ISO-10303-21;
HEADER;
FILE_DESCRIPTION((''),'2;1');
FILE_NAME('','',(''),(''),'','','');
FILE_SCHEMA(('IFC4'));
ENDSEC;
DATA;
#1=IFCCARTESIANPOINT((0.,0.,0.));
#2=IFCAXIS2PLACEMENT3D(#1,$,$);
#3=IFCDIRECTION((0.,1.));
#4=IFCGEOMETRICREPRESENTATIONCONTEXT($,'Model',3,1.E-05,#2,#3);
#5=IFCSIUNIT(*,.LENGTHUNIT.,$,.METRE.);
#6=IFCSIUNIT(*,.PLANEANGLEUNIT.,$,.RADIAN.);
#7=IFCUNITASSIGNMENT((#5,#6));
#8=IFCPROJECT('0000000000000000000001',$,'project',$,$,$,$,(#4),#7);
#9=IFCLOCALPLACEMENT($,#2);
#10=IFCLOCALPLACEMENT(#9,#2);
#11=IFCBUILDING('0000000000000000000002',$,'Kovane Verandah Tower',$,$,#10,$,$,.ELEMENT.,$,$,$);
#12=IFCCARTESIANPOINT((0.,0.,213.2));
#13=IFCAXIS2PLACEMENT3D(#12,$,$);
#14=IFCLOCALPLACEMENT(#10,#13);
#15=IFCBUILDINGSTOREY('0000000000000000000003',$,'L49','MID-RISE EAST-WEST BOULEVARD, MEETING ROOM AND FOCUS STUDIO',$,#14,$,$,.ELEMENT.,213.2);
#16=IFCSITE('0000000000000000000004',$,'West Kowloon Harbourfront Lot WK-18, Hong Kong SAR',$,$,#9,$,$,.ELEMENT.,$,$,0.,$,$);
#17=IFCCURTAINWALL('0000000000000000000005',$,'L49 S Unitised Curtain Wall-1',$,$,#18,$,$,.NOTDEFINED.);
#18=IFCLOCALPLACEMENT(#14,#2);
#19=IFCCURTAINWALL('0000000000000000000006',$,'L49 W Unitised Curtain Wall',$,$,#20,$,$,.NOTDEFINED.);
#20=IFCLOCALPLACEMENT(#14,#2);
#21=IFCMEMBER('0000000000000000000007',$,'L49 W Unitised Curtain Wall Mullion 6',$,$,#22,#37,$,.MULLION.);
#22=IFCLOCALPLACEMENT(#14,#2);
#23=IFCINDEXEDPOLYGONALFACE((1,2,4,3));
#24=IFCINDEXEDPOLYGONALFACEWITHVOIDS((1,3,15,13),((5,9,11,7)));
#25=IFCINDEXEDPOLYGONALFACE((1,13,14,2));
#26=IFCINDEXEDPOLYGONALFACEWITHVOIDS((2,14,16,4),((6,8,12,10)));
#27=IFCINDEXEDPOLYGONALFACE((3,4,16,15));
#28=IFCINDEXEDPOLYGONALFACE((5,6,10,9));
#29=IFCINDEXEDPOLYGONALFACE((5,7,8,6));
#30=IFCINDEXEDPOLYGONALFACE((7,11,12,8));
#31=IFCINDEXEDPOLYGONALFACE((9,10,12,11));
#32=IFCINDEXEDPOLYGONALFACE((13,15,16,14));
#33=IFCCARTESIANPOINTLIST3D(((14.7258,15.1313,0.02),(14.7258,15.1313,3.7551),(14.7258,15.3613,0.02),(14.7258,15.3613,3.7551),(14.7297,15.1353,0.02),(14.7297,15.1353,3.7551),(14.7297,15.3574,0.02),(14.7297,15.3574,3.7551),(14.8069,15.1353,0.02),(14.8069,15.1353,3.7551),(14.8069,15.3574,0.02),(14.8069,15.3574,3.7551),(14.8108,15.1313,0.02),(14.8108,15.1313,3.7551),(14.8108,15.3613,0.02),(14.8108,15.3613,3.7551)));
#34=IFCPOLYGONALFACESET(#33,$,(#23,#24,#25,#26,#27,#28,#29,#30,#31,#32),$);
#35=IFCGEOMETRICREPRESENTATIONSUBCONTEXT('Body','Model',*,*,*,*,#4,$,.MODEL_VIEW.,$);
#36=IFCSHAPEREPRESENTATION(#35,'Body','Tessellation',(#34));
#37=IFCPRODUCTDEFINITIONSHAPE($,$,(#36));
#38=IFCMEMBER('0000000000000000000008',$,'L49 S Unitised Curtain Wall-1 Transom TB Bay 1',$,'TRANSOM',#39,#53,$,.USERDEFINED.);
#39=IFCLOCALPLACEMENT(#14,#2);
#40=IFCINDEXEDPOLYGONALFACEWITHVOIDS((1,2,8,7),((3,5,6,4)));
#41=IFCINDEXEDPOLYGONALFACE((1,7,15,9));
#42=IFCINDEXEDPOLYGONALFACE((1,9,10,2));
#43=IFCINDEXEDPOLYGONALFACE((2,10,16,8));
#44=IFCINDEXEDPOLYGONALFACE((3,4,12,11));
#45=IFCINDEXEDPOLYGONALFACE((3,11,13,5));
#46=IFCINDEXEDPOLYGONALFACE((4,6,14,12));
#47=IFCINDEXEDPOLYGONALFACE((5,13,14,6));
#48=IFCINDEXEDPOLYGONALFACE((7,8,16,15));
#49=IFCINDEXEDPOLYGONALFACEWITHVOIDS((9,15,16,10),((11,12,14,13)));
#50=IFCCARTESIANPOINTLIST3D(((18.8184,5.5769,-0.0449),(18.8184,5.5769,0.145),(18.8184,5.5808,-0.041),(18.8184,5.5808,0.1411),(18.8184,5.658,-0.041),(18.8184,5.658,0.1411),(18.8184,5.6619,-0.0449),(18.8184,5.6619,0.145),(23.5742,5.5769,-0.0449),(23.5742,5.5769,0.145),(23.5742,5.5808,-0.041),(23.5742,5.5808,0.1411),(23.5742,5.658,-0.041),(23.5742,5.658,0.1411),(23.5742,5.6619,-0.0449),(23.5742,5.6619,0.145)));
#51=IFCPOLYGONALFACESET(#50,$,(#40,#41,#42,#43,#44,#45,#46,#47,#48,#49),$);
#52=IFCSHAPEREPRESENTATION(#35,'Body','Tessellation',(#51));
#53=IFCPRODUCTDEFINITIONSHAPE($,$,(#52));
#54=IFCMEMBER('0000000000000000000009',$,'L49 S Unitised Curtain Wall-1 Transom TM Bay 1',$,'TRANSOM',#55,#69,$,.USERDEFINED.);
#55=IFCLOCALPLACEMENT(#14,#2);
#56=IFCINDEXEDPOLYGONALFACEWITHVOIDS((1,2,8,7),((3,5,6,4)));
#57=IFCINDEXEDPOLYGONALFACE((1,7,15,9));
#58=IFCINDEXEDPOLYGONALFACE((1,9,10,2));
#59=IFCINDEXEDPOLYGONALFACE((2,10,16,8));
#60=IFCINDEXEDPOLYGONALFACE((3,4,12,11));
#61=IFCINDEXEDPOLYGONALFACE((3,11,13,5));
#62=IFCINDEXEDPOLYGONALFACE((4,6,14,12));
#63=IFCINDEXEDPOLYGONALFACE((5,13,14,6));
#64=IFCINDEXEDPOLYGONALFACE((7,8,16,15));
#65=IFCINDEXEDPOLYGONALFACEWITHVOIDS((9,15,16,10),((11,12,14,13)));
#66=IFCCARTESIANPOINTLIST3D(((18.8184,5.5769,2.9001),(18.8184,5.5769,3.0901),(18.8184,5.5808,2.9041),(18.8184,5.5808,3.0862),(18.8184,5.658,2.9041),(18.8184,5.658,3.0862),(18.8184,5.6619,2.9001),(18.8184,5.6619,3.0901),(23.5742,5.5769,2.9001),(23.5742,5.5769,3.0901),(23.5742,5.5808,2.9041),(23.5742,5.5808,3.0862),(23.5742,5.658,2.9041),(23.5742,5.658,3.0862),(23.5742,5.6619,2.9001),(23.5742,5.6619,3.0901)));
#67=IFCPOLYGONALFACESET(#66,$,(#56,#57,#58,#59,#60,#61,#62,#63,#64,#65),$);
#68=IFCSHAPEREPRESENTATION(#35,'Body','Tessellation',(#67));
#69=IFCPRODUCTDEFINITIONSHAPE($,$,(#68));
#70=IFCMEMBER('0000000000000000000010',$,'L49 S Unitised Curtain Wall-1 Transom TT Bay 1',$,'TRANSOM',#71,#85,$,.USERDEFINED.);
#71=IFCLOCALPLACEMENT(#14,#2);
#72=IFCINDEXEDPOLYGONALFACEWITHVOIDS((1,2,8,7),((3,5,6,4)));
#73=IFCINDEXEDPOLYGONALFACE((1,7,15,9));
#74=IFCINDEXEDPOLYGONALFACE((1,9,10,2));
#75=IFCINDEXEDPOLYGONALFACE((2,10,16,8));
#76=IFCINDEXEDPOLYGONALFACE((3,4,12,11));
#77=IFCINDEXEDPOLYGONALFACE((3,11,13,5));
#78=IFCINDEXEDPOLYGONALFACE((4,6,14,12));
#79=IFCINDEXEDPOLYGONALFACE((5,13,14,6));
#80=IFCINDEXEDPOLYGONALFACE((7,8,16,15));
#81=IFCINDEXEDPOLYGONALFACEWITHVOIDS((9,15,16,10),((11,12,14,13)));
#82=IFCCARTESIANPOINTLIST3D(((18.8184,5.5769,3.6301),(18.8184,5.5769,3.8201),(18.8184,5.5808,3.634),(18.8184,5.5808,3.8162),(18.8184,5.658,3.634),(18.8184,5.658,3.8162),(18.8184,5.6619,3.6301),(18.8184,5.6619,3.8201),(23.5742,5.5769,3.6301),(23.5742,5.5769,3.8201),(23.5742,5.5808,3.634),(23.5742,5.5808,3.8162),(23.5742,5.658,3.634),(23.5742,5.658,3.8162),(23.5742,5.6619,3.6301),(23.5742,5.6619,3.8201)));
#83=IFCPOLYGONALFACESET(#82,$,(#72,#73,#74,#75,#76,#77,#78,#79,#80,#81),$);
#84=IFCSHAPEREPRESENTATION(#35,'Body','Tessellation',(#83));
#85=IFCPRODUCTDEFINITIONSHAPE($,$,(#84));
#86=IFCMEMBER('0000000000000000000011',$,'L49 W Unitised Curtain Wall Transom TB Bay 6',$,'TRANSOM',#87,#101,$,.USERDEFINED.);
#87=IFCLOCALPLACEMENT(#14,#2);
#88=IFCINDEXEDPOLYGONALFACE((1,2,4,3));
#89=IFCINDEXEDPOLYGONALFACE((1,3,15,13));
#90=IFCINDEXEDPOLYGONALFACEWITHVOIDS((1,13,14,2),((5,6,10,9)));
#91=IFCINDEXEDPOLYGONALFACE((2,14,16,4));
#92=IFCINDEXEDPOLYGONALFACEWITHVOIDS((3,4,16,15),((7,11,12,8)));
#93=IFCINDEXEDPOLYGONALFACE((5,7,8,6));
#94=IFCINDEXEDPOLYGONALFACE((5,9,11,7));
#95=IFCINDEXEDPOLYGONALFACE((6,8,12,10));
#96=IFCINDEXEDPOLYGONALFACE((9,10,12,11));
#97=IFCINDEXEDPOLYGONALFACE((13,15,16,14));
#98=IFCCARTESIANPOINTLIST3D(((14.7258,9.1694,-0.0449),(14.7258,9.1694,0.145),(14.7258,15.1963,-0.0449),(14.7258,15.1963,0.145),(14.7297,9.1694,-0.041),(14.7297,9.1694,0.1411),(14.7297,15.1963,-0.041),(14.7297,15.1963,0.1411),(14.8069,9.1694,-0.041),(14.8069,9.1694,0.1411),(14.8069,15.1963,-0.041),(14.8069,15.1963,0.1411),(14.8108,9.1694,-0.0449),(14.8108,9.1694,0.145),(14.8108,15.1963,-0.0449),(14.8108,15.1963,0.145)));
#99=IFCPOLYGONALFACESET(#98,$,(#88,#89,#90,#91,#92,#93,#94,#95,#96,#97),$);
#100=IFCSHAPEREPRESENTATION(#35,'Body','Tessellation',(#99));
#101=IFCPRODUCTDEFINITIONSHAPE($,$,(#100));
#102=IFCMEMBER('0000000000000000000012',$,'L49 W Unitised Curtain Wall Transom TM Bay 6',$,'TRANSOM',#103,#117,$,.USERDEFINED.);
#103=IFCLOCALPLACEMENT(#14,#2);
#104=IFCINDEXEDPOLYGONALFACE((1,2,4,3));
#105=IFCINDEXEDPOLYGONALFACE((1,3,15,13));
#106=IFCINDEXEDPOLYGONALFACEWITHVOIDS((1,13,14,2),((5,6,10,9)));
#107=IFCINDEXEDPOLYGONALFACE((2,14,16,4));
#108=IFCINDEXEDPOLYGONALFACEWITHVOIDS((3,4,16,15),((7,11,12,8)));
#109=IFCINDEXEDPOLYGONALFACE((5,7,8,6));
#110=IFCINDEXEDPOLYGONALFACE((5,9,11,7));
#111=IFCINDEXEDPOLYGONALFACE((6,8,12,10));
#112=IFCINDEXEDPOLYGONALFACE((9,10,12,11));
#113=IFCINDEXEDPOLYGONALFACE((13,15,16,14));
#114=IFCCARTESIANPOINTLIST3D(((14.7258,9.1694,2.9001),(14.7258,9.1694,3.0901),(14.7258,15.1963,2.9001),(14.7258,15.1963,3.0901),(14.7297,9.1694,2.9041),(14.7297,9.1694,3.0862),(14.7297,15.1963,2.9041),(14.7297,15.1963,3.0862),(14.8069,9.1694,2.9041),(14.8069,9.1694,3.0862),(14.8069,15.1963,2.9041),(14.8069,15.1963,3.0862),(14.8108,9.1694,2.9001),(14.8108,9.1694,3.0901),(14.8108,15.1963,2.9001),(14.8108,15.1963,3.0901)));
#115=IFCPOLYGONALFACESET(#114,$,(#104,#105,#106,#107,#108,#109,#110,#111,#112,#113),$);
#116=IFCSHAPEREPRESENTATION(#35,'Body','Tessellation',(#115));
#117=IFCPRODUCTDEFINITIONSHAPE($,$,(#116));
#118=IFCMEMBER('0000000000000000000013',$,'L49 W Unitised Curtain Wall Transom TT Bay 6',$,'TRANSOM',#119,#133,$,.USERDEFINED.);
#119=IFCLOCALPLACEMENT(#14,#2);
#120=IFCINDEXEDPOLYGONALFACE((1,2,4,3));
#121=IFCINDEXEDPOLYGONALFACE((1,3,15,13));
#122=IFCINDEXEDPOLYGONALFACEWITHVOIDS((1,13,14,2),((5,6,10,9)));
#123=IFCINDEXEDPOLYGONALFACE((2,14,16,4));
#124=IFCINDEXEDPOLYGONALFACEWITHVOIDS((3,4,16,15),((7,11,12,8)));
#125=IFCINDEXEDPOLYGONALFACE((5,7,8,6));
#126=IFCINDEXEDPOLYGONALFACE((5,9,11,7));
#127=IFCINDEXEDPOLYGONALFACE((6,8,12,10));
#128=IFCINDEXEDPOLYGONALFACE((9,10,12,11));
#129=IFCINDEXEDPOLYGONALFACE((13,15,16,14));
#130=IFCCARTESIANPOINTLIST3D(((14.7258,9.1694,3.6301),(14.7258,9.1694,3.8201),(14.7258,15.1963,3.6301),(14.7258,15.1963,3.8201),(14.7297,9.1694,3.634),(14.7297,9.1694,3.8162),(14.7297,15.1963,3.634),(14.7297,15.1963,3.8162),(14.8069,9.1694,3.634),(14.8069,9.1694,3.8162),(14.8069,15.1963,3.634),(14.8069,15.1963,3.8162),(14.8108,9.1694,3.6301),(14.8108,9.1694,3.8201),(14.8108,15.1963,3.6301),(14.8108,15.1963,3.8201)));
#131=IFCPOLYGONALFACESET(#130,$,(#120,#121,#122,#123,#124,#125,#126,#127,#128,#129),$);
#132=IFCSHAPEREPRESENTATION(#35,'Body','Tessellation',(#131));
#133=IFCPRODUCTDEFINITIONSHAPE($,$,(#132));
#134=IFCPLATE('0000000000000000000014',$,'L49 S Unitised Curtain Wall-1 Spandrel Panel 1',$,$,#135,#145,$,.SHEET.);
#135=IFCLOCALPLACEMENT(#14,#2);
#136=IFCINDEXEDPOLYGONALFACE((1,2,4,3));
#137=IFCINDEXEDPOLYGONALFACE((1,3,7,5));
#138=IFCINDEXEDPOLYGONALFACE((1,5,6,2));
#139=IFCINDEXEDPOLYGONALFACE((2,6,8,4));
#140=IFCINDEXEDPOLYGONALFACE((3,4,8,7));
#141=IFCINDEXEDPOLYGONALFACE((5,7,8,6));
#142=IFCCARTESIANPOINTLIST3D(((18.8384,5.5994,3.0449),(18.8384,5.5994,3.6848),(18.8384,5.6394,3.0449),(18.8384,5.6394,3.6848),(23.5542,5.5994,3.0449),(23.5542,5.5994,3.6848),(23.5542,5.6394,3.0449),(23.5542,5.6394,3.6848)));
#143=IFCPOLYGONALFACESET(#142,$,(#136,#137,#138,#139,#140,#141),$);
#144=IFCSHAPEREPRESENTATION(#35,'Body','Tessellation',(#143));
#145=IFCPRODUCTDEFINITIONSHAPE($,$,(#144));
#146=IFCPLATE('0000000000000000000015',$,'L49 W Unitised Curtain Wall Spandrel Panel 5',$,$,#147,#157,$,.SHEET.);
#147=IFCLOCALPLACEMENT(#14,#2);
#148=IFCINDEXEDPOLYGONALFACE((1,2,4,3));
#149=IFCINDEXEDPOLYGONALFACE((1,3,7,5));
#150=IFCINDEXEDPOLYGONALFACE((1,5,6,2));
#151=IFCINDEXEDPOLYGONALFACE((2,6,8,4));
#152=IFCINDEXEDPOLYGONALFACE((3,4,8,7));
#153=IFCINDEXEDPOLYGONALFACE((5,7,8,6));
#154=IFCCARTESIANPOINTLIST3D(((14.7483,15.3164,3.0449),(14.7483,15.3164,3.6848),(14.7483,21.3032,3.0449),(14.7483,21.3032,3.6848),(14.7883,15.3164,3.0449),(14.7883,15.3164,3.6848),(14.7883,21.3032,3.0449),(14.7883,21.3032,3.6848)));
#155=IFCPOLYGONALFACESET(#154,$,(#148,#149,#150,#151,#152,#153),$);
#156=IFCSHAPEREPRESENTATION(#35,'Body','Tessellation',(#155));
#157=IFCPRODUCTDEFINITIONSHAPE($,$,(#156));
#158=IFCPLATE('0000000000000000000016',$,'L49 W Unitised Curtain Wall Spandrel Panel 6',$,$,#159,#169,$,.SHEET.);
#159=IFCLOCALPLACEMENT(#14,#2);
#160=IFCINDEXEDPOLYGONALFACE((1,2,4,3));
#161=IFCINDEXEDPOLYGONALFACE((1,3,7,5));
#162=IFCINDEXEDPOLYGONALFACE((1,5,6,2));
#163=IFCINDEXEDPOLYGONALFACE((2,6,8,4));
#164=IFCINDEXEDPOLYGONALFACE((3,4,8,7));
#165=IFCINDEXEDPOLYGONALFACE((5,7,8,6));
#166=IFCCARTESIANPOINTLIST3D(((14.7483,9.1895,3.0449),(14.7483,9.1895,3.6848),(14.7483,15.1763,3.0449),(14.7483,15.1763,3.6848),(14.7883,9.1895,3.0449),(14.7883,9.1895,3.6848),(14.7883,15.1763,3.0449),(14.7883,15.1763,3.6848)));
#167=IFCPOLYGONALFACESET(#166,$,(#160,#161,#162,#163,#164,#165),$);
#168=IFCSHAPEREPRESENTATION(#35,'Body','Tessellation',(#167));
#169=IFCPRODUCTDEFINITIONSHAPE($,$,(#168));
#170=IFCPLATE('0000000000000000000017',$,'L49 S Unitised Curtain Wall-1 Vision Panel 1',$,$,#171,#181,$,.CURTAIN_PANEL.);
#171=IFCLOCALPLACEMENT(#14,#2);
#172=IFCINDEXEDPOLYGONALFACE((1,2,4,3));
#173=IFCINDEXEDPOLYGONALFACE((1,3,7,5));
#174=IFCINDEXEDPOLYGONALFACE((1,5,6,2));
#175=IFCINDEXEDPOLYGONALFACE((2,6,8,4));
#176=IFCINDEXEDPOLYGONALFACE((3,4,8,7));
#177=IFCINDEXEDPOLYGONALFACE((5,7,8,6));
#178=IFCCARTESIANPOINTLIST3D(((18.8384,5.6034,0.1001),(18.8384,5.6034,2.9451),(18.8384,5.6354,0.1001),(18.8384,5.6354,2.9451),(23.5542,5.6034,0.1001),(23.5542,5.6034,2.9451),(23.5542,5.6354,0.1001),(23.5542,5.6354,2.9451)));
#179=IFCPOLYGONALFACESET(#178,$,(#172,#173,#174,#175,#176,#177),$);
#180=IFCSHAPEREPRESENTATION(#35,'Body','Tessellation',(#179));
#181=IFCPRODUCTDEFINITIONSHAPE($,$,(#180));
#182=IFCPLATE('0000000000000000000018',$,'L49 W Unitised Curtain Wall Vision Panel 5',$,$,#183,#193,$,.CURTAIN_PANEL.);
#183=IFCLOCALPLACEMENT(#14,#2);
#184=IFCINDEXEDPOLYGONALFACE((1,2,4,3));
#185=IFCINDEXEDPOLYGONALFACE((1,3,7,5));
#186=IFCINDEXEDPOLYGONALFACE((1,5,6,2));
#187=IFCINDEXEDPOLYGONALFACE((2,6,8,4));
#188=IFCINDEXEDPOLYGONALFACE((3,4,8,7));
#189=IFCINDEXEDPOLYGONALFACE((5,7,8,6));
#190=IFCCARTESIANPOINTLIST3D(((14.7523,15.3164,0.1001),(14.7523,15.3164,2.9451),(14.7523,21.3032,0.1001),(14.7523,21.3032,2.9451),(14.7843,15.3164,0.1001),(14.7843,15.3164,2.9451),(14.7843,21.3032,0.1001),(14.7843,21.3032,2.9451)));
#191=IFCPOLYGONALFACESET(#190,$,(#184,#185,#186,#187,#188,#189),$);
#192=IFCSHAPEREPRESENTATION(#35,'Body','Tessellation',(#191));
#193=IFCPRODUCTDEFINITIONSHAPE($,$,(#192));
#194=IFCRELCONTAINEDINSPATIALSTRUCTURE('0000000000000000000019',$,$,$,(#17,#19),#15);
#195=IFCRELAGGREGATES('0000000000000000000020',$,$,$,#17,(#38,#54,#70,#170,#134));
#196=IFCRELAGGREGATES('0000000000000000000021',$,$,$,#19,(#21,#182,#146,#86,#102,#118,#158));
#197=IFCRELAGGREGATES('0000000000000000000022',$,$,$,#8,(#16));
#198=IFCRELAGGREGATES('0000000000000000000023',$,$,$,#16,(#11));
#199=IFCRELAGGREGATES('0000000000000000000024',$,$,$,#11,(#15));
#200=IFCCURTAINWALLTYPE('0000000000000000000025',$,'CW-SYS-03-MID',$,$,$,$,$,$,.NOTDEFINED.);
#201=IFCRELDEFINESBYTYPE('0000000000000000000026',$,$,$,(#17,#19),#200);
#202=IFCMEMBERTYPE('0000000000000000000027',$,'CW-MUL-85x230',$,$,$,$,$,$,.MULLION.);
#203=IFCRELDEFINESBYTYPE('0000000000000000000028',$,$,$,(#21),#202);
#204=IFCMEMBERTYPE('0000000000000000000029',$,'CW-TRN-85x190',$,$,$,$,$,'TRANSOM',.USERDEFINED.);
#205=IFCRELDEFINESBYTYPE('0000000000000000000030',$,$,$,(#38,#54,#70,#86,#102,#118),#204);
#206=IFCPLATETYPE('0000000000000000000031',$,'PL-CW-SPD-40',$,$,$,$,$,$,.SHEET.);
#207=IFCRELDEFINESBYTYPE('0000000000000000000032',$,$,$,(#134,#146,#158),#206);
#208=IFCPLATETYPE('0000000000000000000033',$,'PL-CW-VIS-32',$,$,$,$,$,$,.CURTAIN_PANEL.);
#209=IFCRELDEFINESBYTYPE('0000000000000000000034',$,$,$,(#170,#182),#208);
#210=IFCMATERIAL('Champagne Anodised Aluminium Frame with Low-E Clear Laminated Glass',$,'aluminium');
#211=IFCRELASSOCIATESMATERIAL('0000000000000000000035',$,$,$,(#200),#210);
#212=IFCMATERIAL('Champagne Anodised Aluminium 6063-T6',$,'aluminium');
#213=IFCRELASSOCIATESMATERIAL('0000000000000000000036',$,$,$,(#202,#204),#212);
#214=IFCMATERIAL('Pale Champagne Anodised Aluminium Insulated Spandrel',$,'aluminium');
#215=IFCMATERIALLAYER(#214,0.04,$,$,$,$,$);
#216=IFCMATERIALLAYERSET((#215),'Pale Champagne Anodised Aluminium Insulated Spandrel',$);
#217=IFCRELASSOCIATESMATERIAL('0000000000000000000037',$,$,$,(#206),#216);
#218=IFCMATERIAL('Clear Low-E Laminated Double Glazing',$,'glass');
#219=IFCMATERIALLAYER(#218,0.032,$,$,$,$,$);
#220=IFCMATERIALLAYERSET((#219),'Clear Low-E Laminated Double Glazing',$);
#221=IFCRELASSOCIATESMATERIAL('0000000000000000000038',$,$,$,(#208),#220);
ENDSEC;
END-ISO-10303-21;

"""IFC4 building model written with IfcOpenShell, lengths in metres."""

from ifc_helpers import new_model, si_unit, direction, frame, origin, origin_2d, place, context, subcontext, project, spatial, rectangle, hollow_rectangle, extrude, material, layer, layer_set, material_profile, profile_set, type_object, element, aggregate, save


model = new_model("IFC4")

# Units and contexts
model_context = context("Model", 3, precision=1e-05, world=origin(), true_north=direction((0.0, 1.0)))
body_context = subcontext(model_context, "Body", "Model", "MODEL_VIEW")
ifc_project = project(units=[si_unit("LENGTHUNIT", "METRE"), si_unit("PLANEANGLEUNIT", "RADIAN")], contexts=[model_context])

# Site, building, storey
site_placement = place(None, origin())
site = spatial("IfcSite", under=ifc_project, at=site_placement, Name="West Kowloon Harbourfront Lot WK-18, Hong Kong SAR", CompositionType="ELEMENT", RefElevation=0.0)
building_placement = place(site_placement, origin())
building = spatial("IfcBuilding", under=site, at=building_placement, Name="Kovane Verandah Tower", CompositionType="ELEMENT")
storey_placement = place(building_placement, frame((0.0, 0.0, 213.2)))
storey = spatial("IfcBuildingStorey", under=building, at=storey_placement, Name="L49", Description="MID-RISE EAST-WEST BOULEVARD, MEETING ROOM AND FOCUS STUDIO", CompositionType="ELEMENT", Elevation=213.2)

# Curtain walls, member
ifc_material_1 = material(Name="Champagne Anodised Aluminium Frame with Low-E Clear Laminated Glass", Category="aluminium")
curtain_wall_type = type_object("IfcCurtainWallType", Name="CW-SYS-03-MID", PredefinedType="NOTDEFINED", material=ifc_material_1)
curtain_wall_1_placement = place(storey_placement, origin())
curtain_wall_1 = element("IfcCurtainWall", 1, at=curtain_wall_1_placement, inside=storey, type_object=curtain_wall_type, Name="L49 S Unitised Curtain Wall-1", PredefinedType="NOTDEFINED")
ifc_material_2 = material(Name="Champagne Anodised Aluminium 6063-T6", Category="aluminium")
ifc_material_profile_1 = material_profile(ifc_material_2, hollow_rectangle(XDim=0.085, YDim=0.23, WallThickness=0.0039, at=origin_2d()), Name="AL85x230x4")
ifc_profile_set_1 = profile_set([ifc_material_profile_1], Name="Champagne Anodised Aluminium 6063-T6")
member_type_1 = type_object("IfcMemberType", Name="CW-MUL-85x230", PredefinedType="MULLION", material=ifc_profile_set_1)
curtain_wall_2_placement = place(storey_placement, origin())
curtain_wall_2 = element("IfcCurtainWall", 2, at=curtain_wall_2_placement, inside=storey, type_object=curtain_wall_type, Name="L49 W Unitised Curtain Wall", PredefinedType="NOTDEFINED")
member_1_placement = place(storey_placement, frame((14.7683, 15.2463, 0.02), z_axis=(0.0, 0.0, 1.0), x_axis=(-1.0, 0.0, 0.0)))
member_1 = element("IfcMember", 3, at=member_1_placement, type_object=member_type_1, Name="L49 W Unitised Curtain Wall Mullion 6", PredefinedType="MULLION", context=body_context, shape_type="SweptSolid", body=[
    extrude(hollow_rectangle(XDim=0.085, YDim=0.23, WallThickness=0.0039, at=origin_2d()), origin(), (0.0, 0.0, 1.0), 3.7351),
])

# Members
ifc_material_profile_2 = material_profile(ifc_material_2, hollow_rectangle(XDim=0.085, YDim=0.1899, WallThickness=0.0039, at=origin_2d()), Name="AL85x190x4")
ifc_profile_set_2 = profile_set([ifc_material_profile_2], Name="Champagne Anodised Aluminium 6063-T6")
member_type_2 = type_object("IfcMemberType", Name="CW-TRN-85x190", ElementType="TRANSOM", PredefinedType="USERDEFINED", material=ifc_profile_set_2)
member_2_placement = place(storey_placement, frame((18.8184, 5.6194, 0.05), z_axis=(1.0, 0.0, 0.0), x_axis=(0.0, 1.0, 0.0)))
member_2 = element("IfcMember", 4, at=member_2_placement, type_object=member_type_2, Name="L49 S Unitised Curtain Wall-1 Transom TB Bay 1", ObjectType="TRANSOM", PredefinedType="USERDEFINED", context=body_context, shape_type="SweptSolid", body=[
    extrude(hollow_rectangle(XDim=0.085, YDim=0.1899, WallThickness=0.0039, at=origin_2d()), origin(), (0.0, 0.0, 1.0), 4.7559),
])
member_3_placement = place(storey_placement, frame((18.8184, 5.6194, 2.9951), z_axis=(1.0, 0.0, 0.0), x_axis=(0.0, 1.0, 0.0)))
member_3 = element("IfcMember", 5, at=member_3_placement, type_object=member_type_2, Name="L49 S Unitised Curtain Wall-1 Transom TM Bay 1", ObjectType="TRANSOM", PredefinedType="USERDEFINED", context=body_context, shape_type="SweptSolid", body=[
    extrude(hollow_rectangle(XDim=0.085, YDim=0.1899, WallThickness=0.0039, at=origin_2d()), origin(), (0.0, 0.0, 1.0), 4.7559),
])
member_4_placement = place(storey_placement, frame((18.8184, 5.6194, 3.7251), z_axis=(1.0, 0.0, 0.0), x_axis=(0.0, 1.0, 0.0)))
member_4 = element("IfcMember", 6, at=member_4_placement, type_object=member_type_2, Name="L49 S Unitised Curtain Wall-1 Transom TT Bay 1", ObjectType="TRANSOM", PredefinedType="USERDEFINED", context=body_context, shape_type="SweptSolid", body=[
    extrude(hollow_rectangle(XDim=0.085, YDim=0.1899, WallThickness=0.0039, at=origin_2d()), origin(), (0.0, 0.0, 1.0), 4.7559),
])
member_5_placement = place(storey_placement, frame((14.7683, 15.1963, 0.05), z_axis=(0.0, -1.0, 0.0), x_axis=(1.0, 0.0, 0.0)))
member_5 = element("IfcMember", 7, at=member_5_placement, type_object=member_type_2, Name="L49 W Unitised Curtain Wall Transom TB Bay 6", ObjectType="TRANSOM", PredefinedType="USERDEFINED", context=body_context, shape_type="SweptSolid", body=[
    extrude(hollow_rectangle(XDim=0.085, YDim=0.1899, WallThickness=0.0039, at=origin_2d()), origin(), (0.0, 0.0, 1.0), 6.0269),
])
member_6_placement = place(storey_placement, frame((14.7683, 15.1963, 2.9951), z_axis=(0.0, -1.0, 0.0), x_axis=(1.0, 0.0, 0.0)))
member_6 = element("IfcMember", 8, at=member_6_placement, type_object=member_type_2, Name="L49 W Unitised Curtain Wall Transom TM Bay 6", ObjectType="TRANSOM", PredefinedType="USERDEFINED", context=body_context, shape_type="SweptSolid", body=[
    extrude(hollow_rectangle(XDim=0.085, YDim=0.1899, WallThickness=0.0039, at=origin_2d()), origin(), (0.0, 0.0, 1.0), 6.0269),
])
member_7_placement = place(storey_placement, frame((14.7683, 15.1963, 3.7251), z_axis=(0.0, -1.0, 0.0), x_axis=(1.0, 0.0, 0.0)))
member_7 = element("IfcMember", 9, at=member_7_placement, type_object=member_type_2, Name="L49 W Unitised Curtain Wall Transom TT Bay 6", ObjectType="TRANSOM", PredefinedType="USERDEFINED", context=body_context, shape_type="SweptSolid", body=[
    extrude(hollow_rectangle(XDim=0.085, YDim=0.1899, WallThickness=0.0039, at=origin_2d()), origin(), (0.0, 0.0, 1.0), 6.0269),
])

# Plates
ifc_material_3 = material(Name="Pale Champagne Anodised Aluminium Insulated Spandrel", Category="aluminium")
ifc_layer_1 = layer(ifc_material_3, 0.04)
ifc_layer_set_1 = layer_set([ifc_layer_1], Name="Pale Champagne Anodised Aluminium Insulated Spandrel")
plate_type_1 = type_object("IfcPlateType", Name="PL-CW-SPD-40", PredefinedType="SHEET", material=ifc_layer_set_1)
plate_1_placement = place(storey_placement, frame((21.1963, 5.6194, 3.0449), z_axis=(0.0, 0.0, 1.0), x_axis=(1.0, 0.0, 0.0)))
plate_1 = element("IfcPlate", 10, at=plate_1_placement, type_object=plate_type_1, Name="L49 S Unitised Curtain Wall-1 Spandrel Panel 1", PredefinedType="SHEET", context=body_context, shape_type="SweptSolid", body=[
    extrude(rectangle(XDim=4.7158, YDim=0.04, at=origin_2d()), origin(), (0.0, 0.0, 1.0), 0.6399),
])
plate_2_placement = place(storey_placement, frame((14.7683, 18.3098, 3.0449), z_axis=(0.0, 0.0, 1.0), x_axis=(0.0, -1.0, 0.0)))
plate_2 = element("IfcPlate", 11, at=plate_2_placement, type_object=plate_type_1, Name="L49 W Unitised Curtain Wall Spandrel Panel 5", PredefinedType="SHEET", context=body_context, shape_type="SweptSolid", body=[
    extrude(rectangle(XDim=5.9868, YDim=0.04, at=origin_2d()), origin(), (0.0, 0.0, 1.0), 0.6399),
])
plate_3_placement = place(storey_placement, frame((14.7683, 12.1829, 3.0449), z_axis=(0.0, 0.0, 1.0), x_axis=(0.0, -1.0, 0.0)))
plate_3 = element("IfcPlate", 12, at=plate_3_placement, type_object=plate_type_1, Name="L49 W Unitised Curtain Wall Spandrel Panel 6", PredefinedType="SHEET", context=body_context, shape_type="SweptSolid", body=[
    extrude(rectangle(XDim=5.9868, YDim=0.04, at=origin_2d()), origin(), (0.0, 0.0, 1.0), 0.6399),
])
ifc_material_4 = material(Name="Clear Low-E Laminated Double Glazing", Category="glass")
ifc_layer_2 = layer(ifc_material_4, 0.032)
ifc_layer_set_2 = layer_set([ifc_layer_2], Name="Clear Low-E Laminated Double Glazing")
plate_type_2 = type_object("IfcPlateType", Name="PL-CW-VIS-32", PredefinedType="CURTAIN_PANEL", material=ifc_layer_set_2)
plate_4_placement = place(storey_placement, frame((21.1963, 5.6194, 0.1001), z_axis=(0.0, 0.0, 1.0), x_axis=(1.0, 0.0, 0.0)))
plate_4 = element("IfcPlate", 13, at=plate_4_placement, type_object=plate_type_2, Name="L49 S Unitised Curtain Wall-1 Vision Panel 1", PredefinedType="CURTAIN_PANEL", context=body_context, shape_type="SweptSolid", body=[
    extrude(rectangle(XDim=4.7158, YDim=0.032, at=origin_2d()), origin(), (0.0, 0.0, 1.0), 2.845),
])
aggregate(curtain_wall_1, [member_2, member_3, member_4, plate_4, plate_1])
plate_5_placement = place(storey_placement, frame((14.7683, 18.3098, 0.1001), z_axis=(0.0, 0.0, 1.0), x_axis=(0.0, -1.0, 0.0)))
plate_5 = element("IfcPlate", 14, at=plate_5_placement, type_object=plate_type_2, Name="L49 W Unitised Curtain Wall Vision Panel 5", PredefinedType="CURTAIN_PANEL", context=body_context, shape_type="SweptSolid", body=[
    extrude(rectangle(XDim=5.9868, YDim=0.032, at=origin_2d()), origin(), (0.0, 0.0, 1.0), 2.845),
])
aggregate(curtain_wall_2, [member_1, plate_5, plate_2, member_5, member_6, member_7, plate_3])

save(model, "model.ifc")
